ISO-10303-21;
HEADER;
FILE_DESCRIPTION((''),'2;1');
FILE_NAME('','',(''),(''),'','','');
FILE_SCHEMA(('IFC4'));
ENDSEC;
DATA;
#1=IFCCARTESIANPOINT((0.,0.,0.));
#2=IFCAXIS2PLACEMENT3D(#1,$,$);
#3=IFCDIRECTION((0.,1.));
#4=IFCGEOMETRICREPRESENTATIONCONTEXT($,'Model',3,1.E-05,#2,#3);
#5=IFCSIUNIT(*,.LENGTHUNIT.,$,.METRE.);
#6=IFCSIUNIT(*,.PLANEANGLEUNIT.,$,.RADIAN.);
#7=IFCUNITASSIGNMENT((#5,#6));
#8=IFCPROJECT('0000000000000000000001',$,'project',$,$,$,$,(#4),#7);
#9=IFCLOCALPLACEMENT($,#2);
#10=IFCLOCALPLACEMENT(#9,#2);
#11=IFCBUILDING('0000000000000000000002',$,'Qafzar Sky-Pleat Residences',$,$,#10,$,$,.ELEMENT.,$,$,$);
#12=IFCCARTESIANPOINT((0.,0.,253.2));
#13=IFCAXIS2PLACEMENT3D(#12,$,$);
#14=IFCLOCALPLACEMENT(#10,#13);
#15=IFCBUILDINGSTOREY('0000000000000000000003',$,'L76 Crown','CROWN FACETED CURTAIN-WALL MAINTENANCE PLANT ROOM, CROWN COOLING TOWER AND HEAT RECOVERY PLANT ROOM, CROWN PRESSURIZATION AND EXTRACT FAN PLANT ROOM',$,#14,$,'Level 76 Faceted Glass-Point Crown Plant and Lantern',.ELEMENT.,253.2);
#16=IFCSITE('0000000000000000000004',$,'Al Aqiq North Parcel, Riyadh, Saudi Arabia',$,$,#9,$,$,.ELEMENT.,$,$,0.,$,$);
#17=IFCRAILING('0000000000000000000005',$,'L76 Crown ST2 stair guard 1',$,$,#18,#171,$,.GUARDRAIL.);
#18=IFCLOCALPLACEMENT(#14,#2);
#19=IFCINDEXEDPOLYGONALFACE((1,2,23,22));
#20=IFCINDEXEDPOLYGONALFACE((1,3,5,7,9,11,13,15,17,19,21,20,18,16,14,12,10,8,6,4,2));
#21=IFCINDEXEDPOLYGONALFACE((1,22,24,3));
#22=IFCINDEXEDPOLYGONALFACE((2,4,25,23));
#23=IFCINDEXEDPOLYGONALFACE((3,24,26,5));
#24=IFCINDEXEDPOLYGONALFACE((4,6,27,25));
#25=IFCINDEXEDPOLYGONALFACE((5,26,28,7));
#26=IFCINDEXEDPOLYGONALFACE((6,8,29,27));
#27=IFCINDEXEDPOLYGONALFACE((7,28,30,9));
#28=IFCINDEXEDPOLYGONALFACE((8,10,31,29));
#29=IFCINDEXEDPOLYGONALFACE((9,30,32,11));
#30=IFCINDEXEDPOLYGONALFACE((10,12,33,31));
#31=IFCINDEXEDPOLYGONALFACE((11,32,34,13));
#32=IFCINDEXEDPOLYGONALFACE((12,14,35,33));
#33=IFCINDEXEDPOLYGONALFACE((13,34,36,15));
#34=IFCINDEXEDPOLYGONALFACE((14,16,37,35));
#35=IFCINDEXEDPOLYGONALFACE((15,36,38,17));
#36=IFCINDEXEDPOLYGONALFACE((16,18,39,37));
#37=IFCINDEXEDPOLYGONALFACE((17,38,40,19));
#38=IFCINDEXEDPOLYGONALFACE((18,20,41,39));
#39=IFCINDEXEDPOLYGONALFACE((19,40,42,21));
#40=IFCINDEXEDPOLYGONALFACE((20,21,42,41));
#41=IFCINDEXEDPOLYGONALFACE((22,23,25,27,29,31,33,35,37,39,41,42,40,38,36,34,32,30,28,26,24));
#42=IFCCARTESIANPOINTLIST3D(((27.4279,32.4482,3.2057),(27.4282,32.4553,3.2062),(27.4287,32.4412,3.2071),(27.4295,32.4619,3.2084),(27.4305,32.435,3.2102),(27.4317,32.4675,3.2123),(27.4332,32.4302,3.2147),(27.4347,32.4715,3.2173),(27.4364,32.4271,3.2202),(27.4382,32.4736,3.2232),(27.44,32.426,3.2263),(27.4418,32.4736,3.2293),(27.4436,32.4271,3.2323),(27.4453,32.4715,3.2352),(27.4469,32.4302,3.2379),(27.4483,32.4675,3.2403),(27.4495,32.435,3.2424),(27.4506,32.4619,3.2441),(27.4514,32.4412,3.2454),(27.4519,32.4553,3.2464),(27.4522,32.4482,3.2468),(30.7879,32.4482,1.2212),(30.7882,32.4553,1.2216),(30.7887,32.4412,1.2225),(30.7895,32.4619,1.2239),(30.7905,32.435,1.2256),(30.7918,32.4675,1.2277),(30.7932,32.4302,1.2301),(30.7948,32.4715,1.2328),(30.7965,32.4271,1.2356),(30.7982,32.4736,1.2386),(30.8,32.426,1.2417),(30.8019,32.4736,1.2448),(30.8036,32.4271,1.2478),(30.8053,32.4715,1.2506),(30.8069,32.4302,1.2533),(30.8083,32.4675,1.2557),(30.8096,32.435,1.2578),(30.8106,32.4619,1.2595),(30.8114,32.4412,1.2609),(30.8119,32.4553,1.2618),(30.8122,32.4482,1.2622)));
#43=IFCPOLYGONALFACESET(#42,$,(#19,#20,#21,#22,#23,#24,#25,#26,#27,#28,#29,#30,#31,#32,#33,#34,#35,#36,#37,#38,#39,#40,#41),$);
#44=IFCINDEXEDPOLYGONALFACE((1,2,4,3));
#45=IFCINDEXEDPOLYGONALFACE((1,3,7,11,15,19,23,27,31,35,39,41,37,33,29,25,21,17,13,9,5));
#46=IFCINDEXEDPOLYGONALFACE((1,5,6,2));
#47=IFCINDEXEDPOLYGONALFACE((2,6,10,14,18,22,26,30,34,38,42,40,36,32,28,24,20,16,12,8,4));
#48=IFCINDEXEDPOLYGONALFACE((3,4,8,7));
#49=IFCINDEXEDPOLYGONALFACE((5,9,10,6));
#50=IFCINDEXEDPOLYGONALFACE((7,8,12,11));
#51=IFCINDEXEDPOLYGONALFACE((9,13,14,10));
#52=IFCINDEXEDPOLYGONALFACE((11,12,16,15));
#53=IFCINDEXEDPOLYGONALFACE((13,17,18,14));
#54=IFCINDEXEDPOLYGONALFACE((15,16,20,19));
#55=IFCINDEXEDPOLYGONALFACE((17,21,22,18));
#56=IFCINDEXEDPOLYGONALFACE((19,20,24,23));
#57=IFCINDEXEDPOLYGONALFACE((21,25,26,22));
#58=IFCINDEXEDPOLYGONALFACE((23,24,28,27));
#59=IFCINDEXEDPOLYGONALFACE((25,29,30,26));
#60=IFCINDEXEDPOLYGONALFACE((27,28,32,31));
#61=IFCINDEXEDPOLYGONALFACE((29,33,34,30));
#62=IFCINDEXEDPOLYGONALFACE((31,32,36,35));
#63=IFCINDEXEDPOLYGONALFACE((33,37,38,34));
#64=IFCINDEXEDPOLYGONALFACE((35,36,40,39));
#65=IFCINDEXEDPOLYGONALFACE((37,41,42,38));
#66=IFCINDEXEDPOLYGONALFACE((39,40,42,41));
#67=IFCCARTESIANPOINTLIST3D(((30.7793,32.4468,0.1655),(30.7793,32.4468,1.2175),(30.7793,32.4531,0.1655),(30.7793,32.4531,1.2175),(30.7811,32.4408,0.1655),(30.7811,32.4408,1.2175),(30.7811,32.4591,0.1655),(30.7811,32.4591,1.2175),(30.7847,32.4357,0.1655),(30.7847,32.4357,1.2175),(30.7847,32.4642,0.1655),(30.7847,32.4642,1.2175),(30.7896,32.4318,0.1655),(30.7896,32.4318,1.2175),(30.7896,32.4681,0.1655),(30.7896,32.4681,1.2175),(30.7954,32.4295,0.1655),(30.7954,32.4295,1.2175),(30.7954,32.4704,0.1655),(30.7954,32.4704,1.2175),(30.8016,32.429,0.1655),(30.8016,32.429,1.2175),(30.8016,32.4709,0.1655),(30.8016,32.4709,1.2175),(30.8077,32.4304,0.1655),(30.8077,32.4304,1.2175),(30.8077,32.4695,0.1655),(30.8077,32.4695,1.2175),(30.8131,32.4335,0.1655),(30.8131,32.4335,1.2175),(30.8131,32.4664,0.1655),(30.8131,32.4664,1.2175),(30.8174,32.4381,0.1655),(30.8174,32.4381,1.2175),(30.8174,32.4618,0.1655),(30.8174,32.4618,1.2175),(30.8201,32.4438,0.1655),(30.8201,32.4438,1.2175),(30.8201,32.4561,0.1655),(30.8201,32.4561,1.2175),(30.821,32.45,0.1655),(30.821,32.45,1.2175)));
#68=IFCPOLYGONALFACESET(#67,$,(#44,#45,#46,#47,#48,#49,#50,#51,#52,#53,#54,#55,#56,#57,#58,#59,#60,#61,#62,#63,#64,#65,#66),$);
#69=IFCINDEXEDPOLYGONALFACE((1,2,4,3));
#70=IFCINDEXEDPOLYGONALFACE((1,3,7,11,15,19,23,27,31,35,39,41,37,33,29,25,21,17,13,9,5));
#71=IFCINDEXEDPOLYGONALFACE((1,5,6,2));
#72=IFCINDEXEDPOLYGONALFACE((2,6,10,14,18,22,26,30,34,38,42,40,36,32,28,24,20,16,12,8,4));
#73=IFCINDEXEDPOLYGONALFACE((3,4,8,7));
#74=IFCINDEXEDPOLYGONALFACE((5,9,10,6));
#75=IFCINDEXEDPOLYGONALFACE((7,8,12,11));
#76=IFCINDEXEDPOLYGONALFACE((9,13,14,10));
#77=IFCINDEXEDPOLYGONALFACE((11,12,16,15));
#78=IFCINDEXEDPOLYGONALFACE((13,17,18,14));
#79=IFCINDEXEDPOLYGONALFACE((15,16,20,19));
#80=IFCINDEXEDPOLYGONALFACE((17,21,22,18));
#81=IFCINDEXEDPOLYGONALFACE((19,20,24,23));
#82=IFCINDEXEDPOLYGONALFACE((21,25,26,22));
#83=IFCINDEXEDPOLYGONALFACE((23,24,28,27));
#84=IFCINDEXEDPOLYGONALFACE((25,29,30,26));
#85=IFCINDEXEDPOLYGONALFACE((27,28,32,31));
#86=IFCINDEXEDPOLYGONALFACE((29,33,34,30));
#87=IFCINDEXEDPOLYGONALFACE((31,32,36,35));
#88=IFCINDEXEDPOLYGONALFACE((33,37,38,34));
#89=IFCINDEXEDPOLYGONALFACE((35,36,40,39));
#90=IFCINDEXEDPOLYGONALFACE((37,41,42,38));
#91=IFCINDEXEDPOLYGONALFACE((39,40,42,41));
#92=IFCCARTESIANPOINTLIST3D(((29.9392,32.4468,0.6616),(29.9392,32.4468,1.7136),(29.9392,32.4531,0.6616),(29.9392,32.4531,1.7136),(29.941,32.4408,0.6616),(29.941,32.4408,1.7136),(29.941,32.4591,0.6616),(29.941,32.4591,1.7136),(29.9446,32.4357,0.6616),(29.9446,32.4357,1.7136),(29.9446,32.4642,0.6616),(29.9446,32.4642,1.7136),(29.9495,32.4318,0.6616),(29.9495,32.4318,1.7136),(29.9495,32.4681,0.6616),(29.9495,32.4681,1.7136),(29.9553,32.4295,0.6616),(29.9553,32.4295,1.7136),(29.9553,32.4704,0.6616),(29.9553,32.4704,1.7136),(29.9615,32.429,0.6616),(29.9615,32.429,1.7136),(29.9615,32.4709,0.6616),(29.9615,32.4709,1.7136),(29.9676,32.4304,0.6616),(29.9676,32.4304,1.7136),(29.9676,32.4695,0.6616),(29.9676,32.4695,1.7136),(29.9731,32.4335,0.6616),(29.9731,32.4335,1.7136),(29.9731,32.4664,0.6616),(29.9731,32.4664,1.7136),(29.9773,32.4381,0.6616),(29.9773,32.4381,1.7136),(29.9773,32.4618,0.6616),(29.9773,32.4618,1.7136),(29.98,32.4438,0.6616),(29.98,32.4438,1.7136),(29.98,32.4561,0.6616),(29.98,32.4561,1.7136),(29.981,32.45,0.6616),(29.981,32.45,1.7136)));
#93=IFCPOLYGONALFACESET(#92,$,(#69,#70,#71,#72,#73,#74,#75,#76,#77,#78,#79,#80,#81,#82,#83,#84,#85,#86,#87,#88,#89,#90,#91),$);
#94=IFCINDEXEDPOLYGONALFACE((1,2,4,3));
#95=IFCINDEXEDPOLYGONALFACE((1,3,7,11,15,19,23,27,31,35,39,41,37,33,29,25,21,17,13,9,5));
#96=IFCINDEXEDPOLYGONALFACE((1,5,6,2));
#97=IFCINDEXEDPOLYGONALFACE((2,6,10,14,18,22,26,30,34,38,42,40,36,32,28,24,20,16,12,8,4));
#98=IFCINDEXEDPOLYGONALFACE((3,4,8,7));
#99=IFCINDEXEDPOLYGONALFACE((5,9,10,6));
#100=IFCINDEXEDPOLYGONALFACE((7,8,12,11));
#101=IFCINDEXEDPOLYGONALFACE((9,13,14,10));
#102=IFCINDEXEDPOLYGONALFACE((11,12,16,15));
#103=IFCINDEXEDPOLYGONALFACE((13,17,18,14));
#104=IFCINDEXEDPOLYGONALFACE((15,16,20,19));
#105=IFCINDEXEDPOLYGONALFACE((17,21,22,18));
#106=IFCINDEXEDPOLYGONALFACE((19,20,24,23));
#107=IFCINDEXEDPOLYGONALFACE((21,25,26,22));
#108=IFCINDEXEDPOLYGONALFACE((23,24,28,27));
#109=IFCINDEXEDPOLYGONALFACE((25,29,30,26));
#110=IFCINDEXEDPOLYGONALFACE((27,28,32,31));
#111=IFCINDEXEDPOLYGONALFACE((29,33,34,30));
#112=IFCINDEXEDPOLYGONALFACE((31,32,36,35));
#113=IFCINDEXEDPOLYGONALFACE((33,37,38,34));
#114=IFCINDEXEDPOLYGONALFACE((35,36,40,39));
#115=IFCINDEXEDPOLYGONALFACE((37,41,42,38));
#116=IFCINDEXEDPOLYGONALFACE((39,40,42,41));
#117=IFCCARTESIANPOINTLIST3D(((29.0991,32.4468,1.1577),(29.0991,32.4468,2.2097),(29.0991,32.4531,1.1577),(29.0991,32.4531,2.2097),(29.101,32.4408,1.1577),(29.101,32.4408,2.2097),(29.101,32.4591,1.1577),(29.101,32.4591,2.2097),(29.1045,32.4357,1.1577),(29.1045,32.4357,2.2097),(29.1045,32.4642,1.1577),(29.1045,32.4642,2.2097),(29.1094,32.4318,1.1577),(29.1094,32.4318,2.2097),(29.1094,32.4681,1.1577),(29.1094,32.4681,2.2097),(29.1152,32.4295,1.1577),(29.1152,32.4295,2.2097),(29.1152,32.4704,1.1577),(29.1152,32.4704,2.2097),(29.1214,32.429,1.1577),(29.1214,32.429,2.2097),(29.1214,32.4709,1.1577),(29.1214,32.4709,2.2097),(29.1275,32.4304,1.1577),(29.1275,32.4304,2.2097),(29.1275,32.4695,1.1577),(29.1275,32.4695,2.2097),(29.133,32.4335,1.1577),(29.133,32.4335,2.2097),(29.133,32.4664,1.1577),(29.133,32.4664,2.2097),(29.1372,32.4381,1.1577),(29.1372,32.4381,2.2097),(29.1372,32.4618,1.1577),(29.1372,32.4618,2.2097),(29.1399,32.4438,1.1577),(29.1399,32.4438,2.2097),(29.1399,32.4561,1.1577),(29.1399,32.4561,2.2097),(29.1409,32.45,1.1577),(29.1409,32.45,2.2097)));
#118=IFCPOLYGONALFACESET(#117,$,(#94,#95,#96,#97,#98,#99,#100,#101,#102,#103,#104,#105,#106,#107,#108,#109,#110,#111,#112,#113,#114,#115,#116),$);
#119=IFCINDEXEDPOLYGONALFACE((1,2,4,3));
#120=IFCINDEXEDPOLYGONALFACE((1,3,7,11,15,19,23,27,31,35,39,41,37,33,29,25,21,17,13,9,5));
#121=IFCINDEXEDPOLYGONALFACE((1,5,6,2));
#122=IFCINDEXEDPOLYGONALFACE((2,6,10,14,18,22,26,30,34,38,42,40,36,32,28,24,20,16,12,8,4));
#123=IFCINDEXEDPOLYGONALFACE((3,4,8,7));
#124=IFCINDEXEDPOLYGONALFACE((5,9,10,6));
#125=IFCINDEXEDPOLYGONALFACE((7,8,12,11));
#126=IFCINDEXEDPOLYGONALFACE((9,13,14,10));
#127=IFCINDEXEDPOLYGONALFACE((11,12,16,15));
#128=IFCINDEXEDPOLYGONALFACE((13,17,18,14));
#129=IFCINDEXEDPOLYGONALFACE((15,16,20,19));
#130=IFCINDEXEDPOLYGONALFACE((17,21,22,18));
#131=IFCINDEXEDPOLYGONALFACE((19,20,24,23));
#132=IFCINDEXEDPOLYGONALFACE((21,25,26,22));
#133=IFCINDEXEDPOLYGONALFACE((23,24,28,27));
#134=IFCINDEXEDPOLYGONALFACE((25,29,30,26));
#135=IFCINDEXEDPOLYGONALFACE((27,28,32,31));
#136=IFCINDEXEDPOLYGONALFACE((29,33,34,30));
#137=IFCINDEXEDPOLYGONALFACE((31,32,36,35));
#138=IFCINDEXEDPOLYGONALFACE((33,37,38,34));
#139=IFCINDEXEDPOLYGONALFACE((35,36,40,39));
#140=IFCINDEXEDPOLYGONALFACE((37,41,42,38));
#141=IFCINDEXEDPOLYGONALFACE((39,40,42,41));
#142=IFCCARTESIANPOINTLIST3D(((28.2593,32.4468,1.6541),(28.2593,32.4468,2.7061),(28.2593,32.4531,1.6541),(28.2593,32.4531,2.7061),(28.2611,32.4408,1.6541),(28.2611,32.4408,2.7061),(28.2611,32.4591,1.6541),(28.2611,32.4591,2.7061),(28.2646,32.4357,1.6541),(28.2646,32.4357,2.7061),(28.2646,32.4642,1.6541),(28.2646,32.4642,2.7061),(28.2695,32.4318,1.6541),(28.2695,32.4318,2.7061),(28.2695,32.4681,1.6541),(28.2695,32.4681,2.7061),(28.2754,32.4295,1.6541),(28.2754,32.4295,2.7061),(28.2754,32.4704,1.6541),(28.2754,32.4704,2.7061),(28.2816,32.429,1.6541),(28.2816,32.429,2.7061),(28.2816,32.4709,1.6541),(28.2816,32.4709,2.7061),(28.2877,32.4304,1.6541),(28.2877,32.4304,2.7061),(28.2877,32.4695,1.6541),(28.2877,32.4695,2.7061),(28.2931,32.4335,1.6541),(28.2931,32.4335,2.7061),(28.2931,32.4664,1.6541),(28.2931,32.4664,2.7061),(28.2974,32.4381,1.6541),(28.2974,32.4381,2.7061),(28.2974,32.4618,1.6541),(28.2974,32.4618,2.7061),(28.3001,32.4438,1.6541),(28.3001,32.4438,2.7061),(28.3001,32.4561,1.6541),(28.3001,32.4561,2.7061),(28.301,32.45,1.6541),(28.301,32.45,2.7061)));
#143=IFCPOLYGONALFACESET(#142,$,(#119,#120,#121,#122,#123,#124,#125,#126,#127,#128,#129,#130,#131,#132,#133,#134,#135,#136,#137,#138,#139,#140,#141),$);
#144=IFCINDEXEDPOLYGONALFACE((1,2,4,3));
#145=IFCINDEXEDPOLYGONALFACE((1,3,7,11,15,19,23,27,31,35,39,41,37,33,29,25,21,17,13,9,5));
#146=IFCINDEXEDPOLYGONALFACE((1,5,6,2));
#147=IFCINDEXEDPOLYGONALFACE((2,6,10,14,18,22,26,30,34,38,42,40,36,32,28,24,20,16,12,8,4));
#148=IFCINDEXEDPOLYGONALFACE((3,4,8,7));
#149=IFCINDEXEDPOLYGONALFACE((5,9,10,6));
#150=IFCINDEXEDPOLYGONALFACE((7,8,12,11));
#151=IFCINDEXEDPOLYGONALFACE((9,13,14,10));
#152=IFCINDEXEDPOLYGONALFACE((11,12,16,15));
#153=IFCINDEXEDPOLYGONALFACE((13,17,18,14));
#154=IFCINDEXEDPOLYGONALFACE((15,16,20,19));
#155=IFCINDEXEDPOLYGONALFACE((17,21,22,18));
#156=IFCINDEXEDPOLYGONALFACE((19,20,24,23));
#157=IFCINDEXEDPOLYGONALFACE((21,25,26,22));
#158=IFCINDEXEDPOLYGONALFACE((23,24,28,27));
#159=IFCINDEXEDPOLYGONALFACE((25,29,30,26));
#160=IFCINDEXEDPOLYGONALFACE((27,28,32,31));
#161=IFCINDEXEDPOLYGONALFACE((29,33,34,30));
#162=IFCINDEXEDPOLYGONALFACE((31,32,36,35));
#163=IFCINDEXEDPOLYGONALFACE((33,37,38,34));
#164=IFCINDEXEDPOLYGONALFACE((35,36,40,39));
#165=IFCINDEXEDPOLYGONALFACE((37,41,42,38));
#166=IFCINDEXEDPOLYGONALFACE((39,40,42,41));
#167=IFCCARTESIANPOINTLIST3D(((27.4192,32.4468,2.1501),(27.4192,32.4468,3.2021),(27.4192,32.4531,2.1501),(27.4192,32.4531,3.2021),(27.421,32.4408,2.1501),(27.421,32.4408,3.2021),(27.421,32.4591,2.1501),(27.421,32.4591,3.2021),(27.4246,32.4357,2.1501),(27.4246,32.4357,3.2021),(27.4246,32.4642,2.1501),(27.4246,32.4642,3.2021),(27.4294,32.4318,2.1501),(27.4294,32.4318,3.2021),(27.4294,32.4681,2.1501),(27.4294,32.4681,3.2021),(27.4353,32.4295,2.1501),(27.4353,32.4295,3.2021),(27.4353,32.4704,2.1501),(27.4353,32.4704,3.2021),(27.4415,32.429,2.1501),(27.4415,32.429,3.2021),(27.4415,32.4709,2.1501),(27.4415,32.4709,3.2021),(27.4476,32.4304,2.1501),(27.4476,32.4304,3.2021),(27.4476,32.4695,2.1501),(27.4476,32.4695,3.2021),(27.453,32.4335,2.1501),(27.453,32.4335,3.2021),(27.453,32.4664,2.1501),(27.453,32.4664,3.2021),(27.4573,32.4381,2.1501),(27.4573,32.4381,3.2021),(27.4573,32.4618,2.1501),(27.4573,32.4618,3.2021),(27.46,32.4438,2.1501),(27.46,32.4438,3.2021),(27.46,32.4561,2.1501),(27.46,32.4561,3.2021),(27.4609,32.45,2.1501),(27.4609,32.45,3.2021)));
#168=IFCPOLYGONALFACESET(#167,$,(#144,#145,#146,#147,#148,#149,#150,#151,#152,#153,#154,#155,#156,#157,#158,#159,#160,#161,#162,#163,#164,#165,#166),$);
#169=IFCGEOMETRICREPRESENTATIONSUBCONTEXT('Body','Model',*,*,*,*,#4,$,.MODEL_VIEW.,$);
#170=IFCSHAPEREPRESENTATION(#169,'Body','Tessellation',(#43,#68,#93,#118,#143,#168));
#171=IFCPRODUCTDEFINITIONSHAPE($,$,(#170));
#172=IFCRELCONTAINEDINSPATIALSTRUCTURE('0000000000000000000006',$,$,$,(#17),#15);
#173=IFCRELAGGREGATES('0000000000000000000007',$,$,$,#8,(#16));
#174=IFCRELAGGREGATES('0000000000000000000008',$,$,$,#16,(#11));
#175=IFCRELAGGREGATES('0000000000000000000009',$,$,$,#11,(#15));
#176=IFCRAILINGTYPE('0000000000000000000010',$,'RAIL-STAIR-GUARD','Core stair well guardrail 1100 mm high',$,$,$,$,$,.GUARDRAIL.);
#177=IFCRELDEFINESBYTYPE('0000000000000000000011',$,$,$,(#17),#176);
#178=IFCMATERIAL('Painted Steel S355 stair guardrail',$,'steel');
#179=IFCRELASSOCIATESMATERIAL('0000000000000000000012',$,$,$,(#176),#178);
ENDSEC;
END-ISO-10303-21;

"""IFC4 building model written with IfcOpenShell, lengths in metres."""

from ifc_helpers import new_model, si_unit, direction, frame, origin, origin_2d, place, context, subcontext, project, spatial, circle, extrude, source, transform, mapped, material, type_object, element, save


model = new_model("IFC4")

# Units and contexts
model_context = context("Model", 3, precision=1e-05, world=origin(), true_north=direction((0.0, 1.0)))
body_context = subcontext(model_context, "Body", "Model", "MODEL_VIEW")
ifc_project = project(units=[si_unit("LENGTHUNIT", "METRE"), si_unit("PLANEANGLEUNIT", "RADIAN")], contexts=[model_context])

# Site, building, storey
site_placement = place(None, origin())
site = spatial("IfcSite", under=ifc_project, at=site_placement, Name="Al Aqiq North Parcel, Riyadh, Saudi Arabia", CompositionType="ELEMENT", RefElevation=0.0)
building_placement = place(site_placement, origin())
building = spatial("IfcBuilding", under=site, at=building_placement, Name="Qafzar Sky-Pleat Residences", CompositionType="ELEMENT")
storey_placement = place(building_placement, frame((0.0, 0.0, 253.2)))
storey = spatial("IfcBuildingStorey", under=building, at=storey_placement, Name="L76 Crown", Description="CROWN FACETED CURTAIN-WALL MAINTENANCE PLANT ROOM, CROWN COOLING TOWER AND HEAT RECOVERY PLANT ROOM, CROWN PRESSURIZATION AND EXTRACT FAN PLANT ROOM", LongName="Level 76 Faceted Glass-Point Crown Plant and Lantern", CompositionType="ELEMENT", Elevation=253.2)

# Railing
ifc_material_1 = material(Name="Painted Steel S355 stair guardrail", Category="steel")
railing_type_1 = type_object("IfcRailingType", Name="RAIL-STAIR-GUARD", Description="Core stair well guardrail 1100 mm high", PredefinedType="GUARDRAIL", material=ifc_material_1)
shared_shape_1 = source(origin(), body_context, "Body", "SweptSolid", [
    extrude(circle(Radius=0.0239, at=origin_2d()), frame((0.0, 0.0, 1.0762), z_axis=(-0.861027, 0.0, 0.508559), x_axis=(0.0, -1.0, 0.0)), (0.0, 0.0, 1.0), 3.9023),
    extrude(circle(Radius=0.021, at=origin_2d()), origin(), (0.0, 0.0, 1.0), 1.052),
    extrude(circle(Radius=0.021, at=origin_2d()), frame((-0.8401, 0.0, 0.4961)), (0.0, 0.0, 1.0), 1.052),
    extrude(circle(Radius=0.021, at=origin_2d()), frame((-1.6802, 0.0, 0.9922)), (0.0, 0.0, 1.0), 1.052),
    extrude(circle(Radius=0.021, at=origin_2d()), frame((-2.52, 0.0, 1.4885)), (0.0, 0.0, 1.0), 1.052),
    extrude(circle(Radius=0.021, at=origin_2d()), frame((-3.3601, 0.0, 1.9846)), (0.0, 0.0, 1.0), 1.052),
])
railing_1_placement = place(storey_placement, frame((30.8, 32.45, 0.1655)))
element("IfcRailing", 1, at=railing_1_placement, inside=storey, type_object=railing_type_1, Name="L76 Crown ST2 stair guard 1", PredefinedType="GUARDRAIL", context=body_context, shape_type="MappedRepresentation", body=[
    mapped(shared_shape_1, transform((0.0, 0.0, 0.0), x_axis=(1.0, 0.0, 0.0), y_axis=(0.0, 1.0, 0.0), z_axis=(0.0, 0.0, 1.0), scale=1.0)),
])

save(model, "model.ifc")
